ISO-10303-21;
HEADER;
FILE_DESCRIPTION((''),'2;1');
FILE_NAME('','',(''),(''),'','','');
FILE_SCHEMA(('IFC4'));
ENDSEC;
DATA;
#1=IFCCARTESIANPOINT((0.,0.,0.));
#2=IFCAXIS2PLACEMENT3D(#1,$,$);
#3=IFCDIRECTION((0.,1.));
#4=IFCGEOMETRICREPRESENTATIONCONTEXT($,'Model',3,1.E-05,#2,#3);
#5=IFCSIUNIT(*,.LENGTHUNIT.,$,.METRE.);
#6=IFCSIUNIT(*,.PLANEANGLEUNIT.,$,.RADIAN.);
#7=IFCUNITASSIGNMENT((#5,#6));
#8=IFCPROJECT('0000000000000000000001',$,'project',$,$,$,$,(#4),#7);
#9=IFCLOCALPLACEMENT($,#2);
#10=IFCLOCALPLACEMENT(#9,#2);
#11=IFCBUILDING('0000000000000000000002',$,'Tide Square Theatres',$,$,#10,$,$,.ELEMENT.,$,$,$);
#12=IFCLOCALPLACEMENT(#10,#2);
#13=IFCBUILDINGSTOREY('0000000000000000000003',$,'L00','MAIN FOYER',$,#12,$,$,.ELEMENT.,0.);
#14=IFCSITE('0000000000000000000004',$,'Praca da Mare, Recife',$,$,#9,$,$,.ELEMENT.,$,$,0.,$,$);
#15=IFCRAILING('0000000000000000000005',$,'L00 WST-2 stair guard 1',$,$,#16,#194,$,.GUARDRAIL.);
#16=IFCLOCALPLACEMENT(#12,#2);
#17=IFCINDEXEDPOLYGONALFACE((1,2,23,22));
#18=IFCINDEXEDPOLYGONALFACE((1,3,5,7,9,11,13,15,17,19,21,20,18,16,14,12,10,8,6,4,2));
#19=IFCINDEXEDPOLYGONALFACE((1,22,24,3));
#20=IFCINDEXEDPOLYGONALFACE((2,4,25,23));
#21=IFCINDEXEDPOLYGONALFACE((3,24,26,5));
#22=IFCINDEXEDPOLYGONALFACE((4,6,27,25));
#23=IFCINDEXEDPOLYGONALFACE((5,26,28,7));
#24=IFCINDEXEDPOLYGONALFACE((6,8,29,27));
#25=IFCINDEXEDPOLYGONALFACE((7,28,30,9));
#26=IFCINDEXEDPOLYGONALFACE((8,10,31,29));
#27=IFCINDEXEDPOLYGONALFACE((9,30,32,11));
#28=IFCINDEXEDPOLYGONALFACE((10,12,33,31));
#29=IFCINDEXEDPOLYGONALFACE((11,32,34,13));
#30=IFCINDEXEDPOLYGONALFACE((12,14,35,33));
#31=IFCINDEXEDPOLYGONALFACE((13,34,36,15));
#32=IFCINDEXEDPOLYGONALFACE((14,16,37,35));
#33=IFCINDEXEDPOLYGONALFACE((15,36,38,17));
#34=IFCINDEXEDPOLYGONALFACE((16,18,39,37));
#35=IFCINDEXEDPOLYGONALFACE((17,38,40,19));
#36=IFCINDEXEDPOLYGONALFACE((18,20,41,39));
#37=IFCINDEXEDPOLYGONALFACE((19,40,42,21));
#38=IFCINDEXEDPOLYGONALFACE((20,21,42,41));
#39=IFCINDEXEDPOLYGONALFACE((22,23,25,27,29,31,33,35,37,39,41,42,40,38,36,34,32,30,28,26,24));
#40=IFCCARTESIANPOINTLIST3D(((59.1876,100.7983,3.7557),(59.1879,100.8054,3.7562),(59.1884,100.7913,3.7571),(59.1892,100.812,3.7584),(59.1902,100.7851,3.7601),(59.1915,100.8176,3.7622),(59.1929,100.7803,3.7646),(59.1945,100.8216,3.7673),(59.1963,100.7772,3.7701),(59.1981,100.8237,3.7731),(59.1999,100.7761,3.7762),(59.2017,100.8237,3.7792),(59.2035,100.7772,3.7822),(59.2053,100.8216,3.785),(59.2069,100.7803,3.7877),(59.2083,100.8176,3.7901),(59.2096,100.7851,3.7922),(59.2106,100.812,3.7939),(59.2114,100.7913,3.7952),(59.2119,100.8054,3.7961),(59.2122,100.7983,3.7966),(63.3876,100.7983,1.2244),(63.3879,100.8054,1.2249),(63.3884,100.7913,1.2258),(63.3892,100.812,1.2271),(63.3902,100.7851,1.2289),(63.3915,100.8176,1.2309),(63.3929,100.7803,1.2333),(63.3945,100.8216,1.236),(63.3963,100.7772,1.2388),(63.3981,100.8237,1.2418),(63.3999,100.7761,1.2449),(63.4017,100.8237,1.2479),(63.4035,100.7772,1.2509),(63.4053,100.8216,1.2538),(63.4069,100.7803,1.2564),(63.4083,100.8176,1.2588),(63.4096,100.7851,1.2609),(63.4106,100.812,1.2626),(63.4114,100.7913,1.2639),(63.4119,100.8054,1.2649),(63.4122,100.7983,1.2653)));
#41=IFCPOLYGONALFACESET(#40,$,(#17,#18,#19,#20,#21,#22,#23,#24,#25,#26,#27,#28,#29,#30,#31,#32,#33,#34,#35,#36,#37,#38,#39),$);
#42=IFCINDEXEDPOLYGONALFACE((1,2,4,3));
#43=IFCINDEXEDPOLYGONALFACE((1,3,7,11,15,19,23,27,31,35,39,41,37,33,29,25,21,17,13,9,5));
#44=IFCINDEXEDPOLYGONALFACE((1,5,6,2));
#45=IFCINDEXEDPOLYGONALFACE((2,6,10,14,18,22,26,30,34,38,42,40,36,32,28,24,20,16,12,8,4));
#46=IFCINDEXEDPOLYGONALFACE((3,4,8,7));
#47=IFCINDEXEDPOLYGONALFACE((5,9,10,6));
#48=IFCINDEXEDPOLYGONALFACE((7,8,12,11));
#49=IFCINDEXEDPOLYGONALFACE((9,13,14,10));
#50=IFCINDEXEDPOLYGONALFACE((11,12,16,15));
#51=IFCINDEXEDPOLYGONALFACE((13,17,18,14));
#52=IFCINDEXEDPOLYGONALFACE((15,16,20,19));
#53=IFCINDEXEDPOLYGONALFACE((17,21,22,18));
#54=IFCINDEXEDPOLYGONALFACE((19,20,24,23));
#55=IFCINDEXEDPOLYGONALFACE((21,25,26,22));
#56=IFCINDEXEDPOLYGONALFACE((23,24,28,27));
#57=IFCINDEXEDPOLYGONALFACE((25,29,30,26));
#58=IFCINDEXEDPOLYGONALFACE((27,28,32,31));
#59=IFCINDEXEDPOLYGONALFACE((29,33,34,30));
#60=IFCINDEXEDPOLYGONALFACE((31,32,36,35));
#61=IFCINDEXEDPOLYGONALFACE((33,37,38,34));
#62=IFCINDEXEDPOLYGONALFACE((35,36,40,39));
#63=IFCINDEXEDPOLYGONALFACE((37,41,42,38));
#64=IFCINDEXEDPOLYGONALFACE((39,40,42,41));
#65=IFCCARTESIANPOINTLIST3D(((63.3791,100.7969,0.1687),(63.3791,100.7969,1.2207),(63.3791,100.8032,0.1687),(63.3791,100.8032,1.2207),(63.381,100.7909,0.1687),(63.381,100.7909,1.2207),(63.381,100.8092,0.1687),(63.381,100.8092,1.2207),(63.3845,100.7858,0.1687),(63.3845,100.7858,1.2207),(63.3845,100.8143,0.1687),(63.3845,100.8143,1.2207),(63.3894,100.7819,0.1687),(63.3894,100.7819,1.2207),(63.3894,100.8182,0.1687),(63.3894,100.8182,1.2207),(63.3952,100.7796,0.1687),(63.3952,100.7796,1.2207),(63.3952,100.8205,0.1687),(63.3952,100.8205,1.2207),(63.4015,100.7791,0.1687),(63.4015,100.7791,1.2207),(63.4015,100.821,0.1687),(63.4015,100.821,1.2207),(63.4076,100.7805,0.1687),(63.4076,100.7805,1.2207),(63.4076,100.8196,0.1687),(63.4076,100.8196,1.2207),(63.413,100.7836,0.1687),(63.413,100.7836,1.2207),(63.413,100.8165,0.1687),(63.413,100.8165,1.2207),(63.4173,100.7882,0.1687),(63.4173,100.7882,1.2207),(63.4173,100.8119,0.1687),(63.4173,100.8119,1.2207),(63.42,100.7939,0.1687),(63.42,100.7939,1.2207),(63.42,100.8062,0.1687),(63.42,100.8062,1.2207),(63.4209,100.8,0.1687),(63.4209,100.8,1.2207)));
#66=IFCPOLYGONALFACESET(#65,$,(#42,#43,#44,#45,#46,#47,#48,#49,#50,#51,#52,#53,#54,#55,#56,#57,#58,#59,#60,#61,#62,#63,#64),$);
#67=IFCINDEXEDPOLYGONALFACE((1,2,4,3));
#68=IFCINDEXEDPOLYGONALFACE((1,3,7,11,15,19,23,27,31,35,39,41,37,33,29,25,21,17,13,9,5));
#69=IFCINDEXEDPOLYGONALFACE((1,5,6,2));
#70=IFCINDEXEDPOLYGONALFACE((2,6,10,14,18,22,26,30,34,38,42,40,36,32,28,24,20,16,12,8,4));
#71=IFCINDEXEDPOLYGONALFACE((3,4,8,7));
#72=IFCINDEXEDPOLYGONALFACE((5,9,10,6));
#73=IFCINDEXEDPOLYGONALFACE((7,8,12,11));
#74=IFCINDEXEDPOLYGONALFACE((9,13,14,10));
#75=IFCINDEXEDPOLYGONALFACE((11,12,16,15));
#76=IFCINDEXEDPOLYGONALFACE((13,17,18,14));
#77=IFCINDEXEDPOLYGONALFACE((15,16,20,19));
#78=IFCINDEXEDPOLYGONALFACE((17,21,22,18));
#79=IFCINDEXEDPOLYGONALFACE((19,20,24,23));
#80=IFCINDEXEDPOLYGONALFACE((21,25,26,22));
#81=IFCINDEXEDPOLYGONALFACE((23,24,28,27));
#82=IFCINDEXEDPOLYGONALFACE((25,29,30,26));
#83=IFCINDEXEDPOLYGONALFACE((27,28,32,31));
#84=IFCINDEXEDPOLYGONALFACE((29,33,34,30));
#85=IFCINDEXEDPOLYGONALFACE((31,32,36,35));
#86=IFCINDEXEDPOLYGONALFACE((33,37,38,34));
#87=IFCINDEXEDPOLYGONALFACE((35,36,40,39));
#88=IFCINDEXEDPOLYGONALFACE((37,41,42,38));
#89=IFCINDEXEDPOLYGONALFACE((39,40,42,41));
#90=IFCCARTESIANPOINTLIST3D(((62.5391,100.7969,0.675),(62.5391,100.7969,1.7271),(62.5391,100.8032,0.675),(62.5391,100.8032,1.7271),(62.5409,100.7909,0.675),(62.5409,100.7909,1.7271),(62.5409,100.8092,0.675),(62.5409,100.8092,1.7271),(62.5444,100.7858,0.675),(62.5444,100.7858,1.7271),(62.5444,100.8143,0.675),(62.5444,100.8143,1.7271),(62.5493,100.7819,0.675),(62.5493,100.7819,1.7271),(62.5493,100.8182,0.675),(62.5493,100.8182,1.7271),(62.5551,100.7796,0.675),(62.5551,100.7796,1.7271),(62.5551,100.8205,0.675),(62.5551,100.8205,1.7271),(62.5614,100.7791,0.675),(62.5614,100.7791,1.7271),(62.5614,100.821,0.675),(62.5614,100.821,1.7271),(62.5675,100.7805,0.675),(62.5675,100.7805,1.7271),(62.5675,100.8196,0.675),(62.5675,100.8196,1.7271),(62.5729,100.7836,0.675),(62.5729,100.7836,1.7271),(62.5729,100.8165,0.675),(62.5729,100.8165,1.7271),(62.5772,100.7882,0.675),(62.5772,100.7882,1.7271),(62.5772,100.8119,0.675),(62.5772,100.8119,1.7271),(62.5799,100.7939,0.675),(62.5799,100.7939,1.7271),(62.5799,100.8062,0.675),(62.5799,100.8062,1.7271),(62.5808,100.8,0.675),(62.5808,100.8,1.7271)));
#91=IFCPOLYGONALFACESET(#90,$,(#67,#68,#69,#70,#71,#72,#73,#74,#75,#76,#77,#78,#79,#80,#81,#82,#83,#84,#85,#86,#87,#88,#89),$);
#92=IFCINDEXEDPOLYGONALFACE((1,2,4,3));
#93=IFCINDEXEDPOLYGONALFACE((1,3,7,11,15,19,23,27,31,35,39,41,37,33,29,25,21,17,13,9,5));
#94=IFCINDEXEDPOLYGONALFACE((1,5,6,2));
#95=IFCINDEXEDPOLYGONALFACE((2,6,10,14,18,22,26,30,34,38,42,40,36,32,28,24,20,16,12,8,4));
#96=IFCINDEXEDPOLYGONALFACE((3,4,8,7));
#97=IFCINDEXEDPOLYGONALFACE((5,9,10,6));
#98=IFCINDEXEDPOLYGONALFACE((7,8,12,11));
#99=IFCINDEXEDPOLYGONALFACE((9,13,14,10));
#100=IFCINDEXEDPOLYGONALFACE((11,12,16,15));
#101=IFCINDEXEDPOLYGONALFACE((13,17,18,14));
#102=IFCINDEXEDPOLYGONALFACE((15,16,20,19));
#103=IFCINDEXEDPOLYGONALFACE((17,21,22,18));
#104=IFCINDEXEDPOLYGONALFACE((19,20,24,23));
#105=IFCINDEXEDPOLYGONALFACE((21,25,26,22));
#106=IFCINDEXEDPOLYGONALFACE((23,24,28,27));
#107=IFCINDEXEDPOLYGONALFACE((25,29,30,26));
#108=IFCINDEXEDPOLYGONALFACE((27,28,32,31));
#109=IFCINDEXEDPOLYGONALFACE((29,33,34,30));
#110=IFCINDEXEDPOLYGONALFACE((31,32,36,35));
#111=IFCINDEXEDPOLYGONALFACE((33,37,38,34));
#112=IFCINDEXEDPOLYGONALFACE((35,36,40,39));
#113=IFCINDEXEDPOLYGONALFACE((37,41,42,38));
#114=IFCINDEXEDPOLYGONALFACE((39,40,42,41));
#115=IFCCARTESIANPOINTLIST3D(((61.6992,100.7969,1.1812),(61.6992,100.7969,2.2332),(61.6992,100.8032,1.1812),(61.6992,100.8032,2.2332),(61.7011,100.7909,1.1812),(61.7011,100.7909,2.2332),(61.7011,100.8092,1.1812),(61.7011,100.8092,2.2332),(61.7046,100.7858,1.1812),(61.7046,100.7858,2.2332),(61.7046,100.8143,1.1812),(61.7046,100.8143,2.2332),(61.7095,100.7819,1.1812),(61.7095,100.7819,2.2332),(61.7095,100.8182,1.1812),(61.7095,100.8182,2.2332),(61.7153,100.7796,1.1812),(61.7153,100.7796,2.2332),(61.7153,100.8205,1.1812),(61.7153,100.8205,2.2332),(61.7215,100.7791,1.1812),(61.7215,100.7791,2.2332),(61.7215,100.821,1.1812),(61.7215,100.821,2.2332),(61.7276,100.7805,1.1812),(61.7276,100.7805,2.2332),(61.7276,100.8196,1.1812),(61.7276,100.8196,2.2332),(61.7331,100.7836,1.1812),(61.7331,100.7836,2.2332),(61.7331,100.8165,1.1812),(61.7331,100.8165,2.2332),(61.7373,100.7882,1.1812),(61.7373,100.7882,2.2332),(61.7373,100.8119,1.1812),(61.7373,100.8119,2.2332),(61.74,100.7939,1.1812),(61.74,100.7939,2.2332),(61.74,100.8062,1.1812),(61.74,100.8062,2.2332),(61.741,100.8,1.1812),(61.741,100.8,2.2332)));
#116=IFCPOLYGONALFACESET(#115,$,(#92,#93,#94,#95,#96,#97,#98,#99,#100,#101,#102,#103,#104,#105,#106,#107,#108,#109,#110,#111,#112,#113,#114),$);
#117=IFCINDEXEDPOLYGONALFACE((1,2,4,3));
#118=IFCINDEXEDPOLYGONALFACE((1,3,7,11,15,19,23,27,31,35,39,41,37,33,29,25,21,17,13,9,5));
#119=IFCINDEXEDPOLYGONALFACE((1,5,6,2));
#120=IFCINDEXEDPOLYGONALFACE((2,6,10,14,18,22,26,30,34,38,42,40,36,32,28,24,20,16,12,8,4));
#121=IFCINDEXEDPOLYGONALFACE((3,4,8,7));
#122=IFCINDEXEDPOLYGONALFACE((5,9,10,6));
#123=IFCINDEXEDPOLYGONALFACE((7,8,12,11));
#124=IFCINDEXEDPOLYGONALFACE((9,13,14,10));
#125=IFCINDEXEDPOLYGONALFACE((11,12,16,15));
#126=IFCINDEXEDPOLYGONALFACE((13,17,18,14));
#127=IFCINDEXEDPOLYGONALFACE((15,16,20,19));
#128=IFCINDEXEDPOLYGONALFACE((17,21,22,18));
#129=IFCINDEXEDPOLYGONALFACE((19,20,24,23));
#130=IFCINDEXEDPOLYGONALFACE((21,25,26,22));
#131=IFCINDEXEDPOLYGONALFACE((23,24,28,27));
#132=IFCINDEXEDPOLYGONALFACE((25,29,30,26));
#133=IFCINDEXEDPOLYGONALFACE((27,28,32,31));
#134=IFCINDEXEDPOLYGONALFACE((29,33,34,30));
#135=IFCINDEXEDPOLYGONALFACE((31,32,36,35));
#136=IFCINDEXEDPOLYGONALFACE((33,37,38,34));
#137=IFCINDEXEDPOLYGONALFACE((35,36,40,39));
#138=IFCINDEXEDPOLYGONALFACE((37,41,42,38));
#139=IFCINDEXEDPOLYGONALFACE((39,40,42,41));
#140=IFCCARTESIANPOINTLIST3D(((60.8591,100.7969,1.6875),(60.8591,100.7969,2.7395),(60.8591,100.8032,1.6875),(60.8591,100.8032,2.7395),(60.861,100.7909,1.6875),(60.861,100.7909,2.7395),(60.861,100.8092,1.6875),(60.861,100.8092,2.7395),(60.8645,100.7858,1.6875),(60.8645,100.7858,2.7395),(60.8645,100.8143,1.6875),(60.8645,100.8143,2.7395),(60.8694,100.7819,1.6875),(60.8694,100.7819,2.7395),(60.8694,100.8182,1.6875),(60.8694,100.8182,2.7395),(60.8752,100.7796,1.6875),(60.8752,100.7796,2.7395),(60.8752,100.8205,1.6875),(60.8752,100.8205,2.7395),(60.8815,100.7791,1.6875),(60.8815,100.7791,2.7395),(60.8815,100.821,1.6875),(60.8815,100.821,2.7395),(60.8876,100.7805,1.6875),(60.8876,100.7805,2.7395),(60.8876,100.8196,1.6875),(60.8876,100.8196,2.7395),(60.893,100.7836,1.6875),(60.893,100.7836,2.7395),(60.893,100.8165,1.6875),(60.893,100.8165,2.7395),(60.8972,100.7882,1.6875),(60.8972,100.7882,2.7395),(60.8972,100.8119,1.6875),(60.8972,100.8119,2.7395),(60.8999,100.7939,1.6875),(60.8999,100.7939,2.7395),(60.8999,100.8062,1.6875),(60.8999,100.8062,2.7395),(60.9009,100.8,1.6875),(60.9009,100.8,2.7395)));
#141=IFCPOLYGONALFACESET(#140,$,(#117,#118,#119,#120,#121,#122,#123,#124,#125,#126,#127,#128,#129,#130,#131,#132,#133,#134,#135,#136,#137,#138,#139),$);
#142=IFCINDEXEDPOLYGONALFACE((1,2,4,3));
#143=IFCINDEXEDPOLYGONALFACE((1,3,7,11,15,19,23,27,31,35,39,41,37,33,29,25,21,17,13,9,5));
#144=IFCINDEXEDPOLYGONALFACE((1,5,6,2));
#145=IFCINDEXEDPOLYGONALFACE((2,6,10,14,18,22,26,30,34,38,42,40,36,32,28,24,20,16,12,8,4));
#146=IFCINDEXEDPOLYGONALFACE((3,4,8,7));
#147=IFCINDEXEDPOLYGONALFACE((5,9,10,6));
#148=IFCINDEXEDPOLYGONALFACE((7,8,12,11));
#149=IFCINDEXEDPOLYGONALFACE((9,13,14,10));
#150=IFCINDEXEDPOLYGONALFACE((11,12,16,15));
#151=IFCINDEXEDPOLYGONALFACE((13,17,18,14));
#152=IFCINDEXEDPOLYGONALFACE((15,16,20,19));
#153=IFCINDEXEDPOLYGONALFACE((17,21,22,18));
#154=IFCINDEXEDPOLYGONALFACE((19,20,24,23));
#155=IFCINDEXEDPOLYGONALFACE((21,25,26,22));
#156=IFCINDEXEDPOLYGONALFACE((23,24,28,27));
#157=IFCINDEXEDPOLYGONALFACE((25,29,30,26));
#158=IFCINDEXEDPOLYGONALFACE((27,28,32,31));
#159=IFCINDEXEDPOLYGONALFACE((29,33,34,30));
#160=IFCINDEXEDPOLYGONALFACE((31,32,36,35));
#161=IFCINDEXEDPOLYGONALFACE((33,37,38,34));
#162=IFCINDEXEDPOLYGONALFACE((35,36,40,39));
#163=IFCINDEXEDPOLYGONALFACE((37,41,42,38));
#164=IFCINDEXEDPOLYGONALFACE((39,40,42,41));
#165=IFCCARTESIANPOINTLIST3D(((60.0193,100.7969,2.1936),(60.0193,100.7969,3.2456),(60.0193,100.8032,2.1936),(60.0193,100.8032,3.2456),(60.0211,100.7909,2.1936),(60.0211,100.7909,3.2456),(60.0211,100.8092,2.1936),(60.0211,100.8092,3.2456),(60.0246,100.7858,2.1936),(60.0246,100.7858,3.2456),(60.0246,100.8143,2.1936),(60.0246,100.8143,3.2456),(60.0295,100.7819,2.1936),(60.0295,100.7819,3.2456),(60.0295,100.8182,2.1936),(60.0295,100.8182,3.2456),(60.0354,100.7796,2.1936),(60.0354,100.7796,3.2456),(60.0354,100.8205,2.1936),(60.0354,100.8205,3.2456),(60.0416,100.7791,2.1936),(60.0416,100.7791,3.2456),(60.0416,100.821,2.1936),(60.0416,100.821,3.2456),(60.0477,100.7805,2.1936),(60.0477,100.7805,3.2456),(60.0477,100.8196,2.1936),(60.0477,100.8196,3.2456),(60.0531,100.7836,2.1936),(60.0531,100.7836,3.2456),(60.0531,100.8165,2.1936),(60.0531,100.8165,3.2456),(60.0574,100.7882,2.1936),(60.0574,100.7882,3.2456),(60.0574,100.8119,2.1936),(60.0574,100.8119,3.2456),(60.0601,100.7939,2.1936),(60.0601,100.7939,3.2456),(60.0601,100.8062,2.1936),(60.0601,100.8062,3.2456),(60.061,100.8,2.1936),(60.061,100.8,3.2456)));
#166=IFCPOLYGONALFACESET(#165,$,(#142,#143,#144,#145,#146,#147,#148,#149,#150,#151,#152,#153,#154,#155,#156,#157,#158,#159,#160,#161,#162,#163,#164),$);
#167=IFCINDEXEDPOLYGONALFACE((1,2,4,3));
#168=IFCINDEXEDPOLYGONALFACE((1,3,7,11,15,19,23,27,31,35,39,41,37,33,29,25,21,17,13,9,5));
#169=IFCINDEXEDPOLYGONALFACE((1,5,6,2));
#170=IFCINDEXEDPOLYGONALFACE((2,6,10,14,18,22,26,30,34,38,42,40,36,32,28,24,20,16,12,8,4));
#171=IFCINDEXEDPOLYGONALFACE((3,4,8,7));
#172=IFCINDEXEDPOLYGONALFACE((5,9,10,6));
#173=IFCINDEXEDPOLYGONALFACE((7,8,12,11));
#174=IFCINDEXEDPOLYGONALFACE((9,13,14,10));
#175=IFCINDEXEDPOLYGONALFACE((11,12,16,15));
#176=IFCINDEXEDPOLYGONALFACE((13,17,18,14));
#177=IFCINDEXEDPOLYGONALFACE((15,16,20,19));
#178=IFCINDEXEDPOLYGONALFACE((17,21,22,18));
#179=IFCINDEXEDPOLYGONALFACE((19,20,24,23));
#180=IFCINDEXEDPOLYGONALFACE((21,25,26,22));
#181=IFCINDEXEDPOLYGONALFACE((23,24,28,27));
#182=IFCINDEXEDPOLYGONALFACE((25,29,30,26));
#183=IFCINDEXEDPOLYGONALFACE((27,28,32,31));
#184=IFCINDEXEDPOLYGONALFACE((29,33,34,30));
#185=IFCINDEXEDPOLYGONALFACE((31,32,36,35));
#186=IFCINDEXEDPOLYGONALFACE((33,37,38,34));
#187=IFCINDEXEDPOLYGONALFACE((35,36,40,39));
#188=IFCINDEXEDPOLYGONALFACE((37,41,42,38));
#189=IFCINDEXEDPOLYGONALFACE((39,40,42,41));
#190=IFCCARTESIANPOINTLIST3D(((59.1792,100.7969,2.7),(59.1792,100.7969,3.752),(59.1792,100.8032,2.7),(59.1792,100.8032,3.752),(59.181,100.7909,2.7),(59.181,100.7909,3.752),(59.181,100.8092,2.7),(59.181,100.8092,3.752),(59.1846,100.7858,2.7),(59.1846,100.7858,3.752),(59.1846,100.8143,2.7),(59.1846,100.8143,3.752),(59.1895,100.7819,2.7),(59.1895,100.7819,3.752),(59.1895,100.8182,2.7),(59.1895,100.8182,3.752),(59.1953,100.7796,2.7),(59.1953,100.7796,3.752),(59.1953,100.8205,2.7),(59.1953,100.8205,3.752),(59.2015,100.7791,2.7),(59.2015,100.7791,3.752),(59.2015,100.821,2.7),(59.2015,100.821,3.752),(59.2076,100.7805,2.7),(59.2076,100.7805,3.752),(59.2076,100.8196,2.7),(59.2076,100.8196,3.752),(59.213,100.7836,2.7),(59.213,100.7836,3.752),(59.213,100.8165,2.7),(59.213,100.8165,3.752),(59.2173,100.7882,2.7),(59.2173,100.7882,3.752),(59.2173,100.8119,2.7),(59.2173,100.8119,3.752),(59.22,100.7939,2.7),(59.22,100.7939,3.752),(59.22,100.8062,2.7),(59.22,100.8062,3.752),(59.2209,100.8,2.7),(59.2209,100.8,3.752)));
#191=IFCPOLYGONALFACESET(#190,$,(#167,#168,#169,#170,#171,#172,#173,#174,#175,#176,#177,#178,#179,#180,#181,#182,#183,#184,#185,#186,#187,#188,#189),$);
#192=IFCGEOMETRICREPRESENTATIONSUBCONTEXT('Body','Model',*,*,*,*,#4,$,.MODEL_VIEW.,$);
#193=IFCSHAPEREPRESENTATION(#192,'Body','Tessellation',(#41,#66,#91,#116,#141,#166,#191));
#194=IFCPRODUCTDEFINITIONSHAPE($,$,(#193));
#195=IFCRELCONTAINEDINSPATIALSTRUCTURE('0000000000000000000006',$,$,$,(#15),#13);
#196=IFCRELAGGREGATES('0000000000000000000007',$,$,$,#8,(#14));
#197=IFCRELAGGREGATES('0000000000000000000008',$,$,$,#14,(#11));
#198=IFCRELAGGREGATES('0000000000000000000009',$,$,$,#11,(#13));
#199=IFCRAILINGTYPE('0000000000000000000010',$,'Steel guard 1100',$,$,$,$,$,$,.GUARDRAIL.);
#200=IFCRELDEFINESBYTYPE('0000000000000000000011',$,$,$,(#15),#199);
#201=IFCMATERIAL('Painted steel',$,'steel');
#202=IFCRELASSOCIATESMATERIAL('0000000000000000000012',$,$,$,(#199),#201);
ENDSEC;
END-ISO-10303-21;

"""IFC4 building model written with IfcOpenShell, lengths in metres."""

from ifc_helpers import new_model, si_unit, direction, frame, origin, origin_2d, place, context, subcontext, project, spatial, circle, extrude, material, type_object, element, save


model = new_model("IFC4")

# Units and contexts
model_context = context("Model", 3, precision=1e-05, world=origin(), true_north=direction((0.0, 1.0)))
body_context = subcontext(model_context, "Body", "Model", "MODEL_VIEW")
ifc_project = project(units=[si_unit("LENGTHUNIT", "METRE"), si_unit("PLANEANGLEUNIT", "RADIAN")], contexts=[model_context])

# Site, building, storey
site_placement = place(None, origin())
site = spatial("IfcSite", under=ifc_project, at=site_placement, Name="Praca da Mare, Recife", CompositionType="ELEMENT", RefElevation=0.0)
building_placement = place(site_placement, origin())
building = spatial("IfcBuilding", under=site, at=building_placement, Name="Tide Square Theatres", CompositionType="ELEMENT")
storey_placement = place(building_placement, origin())
storey = spatial("IfcBuildingStorey", under=building, at=storey_placement, Name="L00", Description="MAIN FOYER", CompositionType="ELEMENT", Elevation=0.0)

# Railing
ifc_material_1 = material(Name="Painted steel", Category="steel")
railing_type_1 = type_object("IfcRailingType", Name="Steel guard 1100", PredefinedType="GUARDRAIL", material=ifc_material_1)
railing_1_placement = place(storey_placement, frame((63.3999, 100.8, 0.1687)))
element("IfcRailing", 1, at=railing_1_placement, inside=storey, type_object=railing_type_1, Name="L00 WST-2 stair guard 1", PredefinedType="GUARDRAIL", context=body_context, shape_type="SweptSolid", body=[
    extrude(circle(Radius=0.0239, at=origin_2d()), frame((0.0, 0.0, 1.0762), z_axis=(-0.856476, 0.0, 0.516186), x_axis=(0.0, -1.0, 0.0)), (0.0, 0.0, 1.0), 4.9038),
    extrude(circle(Radius=0.021, at=origin_2d()), origin(), (0.0, 0.0, 1.0), 1.052),
    extrude(circle(Radius=0.021, at=origin_2d()), frame((-0.8401, 0.0, 0.5063)), (0.0, 0.0, 1.0), 1.052),
    extrude(circle(Radius=0.021, at=origin_2d()), frame((-1.6799, 0.0, 1.0125)), (0.0, 0.0, 1.0), 1.052),
    extrude(circle(Radius=0.021, at=origin_2d()), frame((-2.52, 0.0, 1.5188)), (0.0, 0.0, 1.0), 1.052),
    extrude(circle(Radius=0.021, at=origin_2d()), frame((-3.3599, 0.0, 2.0249)), (0.0, 0.0, 1.0), 1.052),
    extrude(circle(Radius=0.021, at=origin_2d()), frame((-4.2, 0.0, 2.5312)), (0.0, 0.0, 1.0), 1.052),
])

save(model, "model.ifc")
